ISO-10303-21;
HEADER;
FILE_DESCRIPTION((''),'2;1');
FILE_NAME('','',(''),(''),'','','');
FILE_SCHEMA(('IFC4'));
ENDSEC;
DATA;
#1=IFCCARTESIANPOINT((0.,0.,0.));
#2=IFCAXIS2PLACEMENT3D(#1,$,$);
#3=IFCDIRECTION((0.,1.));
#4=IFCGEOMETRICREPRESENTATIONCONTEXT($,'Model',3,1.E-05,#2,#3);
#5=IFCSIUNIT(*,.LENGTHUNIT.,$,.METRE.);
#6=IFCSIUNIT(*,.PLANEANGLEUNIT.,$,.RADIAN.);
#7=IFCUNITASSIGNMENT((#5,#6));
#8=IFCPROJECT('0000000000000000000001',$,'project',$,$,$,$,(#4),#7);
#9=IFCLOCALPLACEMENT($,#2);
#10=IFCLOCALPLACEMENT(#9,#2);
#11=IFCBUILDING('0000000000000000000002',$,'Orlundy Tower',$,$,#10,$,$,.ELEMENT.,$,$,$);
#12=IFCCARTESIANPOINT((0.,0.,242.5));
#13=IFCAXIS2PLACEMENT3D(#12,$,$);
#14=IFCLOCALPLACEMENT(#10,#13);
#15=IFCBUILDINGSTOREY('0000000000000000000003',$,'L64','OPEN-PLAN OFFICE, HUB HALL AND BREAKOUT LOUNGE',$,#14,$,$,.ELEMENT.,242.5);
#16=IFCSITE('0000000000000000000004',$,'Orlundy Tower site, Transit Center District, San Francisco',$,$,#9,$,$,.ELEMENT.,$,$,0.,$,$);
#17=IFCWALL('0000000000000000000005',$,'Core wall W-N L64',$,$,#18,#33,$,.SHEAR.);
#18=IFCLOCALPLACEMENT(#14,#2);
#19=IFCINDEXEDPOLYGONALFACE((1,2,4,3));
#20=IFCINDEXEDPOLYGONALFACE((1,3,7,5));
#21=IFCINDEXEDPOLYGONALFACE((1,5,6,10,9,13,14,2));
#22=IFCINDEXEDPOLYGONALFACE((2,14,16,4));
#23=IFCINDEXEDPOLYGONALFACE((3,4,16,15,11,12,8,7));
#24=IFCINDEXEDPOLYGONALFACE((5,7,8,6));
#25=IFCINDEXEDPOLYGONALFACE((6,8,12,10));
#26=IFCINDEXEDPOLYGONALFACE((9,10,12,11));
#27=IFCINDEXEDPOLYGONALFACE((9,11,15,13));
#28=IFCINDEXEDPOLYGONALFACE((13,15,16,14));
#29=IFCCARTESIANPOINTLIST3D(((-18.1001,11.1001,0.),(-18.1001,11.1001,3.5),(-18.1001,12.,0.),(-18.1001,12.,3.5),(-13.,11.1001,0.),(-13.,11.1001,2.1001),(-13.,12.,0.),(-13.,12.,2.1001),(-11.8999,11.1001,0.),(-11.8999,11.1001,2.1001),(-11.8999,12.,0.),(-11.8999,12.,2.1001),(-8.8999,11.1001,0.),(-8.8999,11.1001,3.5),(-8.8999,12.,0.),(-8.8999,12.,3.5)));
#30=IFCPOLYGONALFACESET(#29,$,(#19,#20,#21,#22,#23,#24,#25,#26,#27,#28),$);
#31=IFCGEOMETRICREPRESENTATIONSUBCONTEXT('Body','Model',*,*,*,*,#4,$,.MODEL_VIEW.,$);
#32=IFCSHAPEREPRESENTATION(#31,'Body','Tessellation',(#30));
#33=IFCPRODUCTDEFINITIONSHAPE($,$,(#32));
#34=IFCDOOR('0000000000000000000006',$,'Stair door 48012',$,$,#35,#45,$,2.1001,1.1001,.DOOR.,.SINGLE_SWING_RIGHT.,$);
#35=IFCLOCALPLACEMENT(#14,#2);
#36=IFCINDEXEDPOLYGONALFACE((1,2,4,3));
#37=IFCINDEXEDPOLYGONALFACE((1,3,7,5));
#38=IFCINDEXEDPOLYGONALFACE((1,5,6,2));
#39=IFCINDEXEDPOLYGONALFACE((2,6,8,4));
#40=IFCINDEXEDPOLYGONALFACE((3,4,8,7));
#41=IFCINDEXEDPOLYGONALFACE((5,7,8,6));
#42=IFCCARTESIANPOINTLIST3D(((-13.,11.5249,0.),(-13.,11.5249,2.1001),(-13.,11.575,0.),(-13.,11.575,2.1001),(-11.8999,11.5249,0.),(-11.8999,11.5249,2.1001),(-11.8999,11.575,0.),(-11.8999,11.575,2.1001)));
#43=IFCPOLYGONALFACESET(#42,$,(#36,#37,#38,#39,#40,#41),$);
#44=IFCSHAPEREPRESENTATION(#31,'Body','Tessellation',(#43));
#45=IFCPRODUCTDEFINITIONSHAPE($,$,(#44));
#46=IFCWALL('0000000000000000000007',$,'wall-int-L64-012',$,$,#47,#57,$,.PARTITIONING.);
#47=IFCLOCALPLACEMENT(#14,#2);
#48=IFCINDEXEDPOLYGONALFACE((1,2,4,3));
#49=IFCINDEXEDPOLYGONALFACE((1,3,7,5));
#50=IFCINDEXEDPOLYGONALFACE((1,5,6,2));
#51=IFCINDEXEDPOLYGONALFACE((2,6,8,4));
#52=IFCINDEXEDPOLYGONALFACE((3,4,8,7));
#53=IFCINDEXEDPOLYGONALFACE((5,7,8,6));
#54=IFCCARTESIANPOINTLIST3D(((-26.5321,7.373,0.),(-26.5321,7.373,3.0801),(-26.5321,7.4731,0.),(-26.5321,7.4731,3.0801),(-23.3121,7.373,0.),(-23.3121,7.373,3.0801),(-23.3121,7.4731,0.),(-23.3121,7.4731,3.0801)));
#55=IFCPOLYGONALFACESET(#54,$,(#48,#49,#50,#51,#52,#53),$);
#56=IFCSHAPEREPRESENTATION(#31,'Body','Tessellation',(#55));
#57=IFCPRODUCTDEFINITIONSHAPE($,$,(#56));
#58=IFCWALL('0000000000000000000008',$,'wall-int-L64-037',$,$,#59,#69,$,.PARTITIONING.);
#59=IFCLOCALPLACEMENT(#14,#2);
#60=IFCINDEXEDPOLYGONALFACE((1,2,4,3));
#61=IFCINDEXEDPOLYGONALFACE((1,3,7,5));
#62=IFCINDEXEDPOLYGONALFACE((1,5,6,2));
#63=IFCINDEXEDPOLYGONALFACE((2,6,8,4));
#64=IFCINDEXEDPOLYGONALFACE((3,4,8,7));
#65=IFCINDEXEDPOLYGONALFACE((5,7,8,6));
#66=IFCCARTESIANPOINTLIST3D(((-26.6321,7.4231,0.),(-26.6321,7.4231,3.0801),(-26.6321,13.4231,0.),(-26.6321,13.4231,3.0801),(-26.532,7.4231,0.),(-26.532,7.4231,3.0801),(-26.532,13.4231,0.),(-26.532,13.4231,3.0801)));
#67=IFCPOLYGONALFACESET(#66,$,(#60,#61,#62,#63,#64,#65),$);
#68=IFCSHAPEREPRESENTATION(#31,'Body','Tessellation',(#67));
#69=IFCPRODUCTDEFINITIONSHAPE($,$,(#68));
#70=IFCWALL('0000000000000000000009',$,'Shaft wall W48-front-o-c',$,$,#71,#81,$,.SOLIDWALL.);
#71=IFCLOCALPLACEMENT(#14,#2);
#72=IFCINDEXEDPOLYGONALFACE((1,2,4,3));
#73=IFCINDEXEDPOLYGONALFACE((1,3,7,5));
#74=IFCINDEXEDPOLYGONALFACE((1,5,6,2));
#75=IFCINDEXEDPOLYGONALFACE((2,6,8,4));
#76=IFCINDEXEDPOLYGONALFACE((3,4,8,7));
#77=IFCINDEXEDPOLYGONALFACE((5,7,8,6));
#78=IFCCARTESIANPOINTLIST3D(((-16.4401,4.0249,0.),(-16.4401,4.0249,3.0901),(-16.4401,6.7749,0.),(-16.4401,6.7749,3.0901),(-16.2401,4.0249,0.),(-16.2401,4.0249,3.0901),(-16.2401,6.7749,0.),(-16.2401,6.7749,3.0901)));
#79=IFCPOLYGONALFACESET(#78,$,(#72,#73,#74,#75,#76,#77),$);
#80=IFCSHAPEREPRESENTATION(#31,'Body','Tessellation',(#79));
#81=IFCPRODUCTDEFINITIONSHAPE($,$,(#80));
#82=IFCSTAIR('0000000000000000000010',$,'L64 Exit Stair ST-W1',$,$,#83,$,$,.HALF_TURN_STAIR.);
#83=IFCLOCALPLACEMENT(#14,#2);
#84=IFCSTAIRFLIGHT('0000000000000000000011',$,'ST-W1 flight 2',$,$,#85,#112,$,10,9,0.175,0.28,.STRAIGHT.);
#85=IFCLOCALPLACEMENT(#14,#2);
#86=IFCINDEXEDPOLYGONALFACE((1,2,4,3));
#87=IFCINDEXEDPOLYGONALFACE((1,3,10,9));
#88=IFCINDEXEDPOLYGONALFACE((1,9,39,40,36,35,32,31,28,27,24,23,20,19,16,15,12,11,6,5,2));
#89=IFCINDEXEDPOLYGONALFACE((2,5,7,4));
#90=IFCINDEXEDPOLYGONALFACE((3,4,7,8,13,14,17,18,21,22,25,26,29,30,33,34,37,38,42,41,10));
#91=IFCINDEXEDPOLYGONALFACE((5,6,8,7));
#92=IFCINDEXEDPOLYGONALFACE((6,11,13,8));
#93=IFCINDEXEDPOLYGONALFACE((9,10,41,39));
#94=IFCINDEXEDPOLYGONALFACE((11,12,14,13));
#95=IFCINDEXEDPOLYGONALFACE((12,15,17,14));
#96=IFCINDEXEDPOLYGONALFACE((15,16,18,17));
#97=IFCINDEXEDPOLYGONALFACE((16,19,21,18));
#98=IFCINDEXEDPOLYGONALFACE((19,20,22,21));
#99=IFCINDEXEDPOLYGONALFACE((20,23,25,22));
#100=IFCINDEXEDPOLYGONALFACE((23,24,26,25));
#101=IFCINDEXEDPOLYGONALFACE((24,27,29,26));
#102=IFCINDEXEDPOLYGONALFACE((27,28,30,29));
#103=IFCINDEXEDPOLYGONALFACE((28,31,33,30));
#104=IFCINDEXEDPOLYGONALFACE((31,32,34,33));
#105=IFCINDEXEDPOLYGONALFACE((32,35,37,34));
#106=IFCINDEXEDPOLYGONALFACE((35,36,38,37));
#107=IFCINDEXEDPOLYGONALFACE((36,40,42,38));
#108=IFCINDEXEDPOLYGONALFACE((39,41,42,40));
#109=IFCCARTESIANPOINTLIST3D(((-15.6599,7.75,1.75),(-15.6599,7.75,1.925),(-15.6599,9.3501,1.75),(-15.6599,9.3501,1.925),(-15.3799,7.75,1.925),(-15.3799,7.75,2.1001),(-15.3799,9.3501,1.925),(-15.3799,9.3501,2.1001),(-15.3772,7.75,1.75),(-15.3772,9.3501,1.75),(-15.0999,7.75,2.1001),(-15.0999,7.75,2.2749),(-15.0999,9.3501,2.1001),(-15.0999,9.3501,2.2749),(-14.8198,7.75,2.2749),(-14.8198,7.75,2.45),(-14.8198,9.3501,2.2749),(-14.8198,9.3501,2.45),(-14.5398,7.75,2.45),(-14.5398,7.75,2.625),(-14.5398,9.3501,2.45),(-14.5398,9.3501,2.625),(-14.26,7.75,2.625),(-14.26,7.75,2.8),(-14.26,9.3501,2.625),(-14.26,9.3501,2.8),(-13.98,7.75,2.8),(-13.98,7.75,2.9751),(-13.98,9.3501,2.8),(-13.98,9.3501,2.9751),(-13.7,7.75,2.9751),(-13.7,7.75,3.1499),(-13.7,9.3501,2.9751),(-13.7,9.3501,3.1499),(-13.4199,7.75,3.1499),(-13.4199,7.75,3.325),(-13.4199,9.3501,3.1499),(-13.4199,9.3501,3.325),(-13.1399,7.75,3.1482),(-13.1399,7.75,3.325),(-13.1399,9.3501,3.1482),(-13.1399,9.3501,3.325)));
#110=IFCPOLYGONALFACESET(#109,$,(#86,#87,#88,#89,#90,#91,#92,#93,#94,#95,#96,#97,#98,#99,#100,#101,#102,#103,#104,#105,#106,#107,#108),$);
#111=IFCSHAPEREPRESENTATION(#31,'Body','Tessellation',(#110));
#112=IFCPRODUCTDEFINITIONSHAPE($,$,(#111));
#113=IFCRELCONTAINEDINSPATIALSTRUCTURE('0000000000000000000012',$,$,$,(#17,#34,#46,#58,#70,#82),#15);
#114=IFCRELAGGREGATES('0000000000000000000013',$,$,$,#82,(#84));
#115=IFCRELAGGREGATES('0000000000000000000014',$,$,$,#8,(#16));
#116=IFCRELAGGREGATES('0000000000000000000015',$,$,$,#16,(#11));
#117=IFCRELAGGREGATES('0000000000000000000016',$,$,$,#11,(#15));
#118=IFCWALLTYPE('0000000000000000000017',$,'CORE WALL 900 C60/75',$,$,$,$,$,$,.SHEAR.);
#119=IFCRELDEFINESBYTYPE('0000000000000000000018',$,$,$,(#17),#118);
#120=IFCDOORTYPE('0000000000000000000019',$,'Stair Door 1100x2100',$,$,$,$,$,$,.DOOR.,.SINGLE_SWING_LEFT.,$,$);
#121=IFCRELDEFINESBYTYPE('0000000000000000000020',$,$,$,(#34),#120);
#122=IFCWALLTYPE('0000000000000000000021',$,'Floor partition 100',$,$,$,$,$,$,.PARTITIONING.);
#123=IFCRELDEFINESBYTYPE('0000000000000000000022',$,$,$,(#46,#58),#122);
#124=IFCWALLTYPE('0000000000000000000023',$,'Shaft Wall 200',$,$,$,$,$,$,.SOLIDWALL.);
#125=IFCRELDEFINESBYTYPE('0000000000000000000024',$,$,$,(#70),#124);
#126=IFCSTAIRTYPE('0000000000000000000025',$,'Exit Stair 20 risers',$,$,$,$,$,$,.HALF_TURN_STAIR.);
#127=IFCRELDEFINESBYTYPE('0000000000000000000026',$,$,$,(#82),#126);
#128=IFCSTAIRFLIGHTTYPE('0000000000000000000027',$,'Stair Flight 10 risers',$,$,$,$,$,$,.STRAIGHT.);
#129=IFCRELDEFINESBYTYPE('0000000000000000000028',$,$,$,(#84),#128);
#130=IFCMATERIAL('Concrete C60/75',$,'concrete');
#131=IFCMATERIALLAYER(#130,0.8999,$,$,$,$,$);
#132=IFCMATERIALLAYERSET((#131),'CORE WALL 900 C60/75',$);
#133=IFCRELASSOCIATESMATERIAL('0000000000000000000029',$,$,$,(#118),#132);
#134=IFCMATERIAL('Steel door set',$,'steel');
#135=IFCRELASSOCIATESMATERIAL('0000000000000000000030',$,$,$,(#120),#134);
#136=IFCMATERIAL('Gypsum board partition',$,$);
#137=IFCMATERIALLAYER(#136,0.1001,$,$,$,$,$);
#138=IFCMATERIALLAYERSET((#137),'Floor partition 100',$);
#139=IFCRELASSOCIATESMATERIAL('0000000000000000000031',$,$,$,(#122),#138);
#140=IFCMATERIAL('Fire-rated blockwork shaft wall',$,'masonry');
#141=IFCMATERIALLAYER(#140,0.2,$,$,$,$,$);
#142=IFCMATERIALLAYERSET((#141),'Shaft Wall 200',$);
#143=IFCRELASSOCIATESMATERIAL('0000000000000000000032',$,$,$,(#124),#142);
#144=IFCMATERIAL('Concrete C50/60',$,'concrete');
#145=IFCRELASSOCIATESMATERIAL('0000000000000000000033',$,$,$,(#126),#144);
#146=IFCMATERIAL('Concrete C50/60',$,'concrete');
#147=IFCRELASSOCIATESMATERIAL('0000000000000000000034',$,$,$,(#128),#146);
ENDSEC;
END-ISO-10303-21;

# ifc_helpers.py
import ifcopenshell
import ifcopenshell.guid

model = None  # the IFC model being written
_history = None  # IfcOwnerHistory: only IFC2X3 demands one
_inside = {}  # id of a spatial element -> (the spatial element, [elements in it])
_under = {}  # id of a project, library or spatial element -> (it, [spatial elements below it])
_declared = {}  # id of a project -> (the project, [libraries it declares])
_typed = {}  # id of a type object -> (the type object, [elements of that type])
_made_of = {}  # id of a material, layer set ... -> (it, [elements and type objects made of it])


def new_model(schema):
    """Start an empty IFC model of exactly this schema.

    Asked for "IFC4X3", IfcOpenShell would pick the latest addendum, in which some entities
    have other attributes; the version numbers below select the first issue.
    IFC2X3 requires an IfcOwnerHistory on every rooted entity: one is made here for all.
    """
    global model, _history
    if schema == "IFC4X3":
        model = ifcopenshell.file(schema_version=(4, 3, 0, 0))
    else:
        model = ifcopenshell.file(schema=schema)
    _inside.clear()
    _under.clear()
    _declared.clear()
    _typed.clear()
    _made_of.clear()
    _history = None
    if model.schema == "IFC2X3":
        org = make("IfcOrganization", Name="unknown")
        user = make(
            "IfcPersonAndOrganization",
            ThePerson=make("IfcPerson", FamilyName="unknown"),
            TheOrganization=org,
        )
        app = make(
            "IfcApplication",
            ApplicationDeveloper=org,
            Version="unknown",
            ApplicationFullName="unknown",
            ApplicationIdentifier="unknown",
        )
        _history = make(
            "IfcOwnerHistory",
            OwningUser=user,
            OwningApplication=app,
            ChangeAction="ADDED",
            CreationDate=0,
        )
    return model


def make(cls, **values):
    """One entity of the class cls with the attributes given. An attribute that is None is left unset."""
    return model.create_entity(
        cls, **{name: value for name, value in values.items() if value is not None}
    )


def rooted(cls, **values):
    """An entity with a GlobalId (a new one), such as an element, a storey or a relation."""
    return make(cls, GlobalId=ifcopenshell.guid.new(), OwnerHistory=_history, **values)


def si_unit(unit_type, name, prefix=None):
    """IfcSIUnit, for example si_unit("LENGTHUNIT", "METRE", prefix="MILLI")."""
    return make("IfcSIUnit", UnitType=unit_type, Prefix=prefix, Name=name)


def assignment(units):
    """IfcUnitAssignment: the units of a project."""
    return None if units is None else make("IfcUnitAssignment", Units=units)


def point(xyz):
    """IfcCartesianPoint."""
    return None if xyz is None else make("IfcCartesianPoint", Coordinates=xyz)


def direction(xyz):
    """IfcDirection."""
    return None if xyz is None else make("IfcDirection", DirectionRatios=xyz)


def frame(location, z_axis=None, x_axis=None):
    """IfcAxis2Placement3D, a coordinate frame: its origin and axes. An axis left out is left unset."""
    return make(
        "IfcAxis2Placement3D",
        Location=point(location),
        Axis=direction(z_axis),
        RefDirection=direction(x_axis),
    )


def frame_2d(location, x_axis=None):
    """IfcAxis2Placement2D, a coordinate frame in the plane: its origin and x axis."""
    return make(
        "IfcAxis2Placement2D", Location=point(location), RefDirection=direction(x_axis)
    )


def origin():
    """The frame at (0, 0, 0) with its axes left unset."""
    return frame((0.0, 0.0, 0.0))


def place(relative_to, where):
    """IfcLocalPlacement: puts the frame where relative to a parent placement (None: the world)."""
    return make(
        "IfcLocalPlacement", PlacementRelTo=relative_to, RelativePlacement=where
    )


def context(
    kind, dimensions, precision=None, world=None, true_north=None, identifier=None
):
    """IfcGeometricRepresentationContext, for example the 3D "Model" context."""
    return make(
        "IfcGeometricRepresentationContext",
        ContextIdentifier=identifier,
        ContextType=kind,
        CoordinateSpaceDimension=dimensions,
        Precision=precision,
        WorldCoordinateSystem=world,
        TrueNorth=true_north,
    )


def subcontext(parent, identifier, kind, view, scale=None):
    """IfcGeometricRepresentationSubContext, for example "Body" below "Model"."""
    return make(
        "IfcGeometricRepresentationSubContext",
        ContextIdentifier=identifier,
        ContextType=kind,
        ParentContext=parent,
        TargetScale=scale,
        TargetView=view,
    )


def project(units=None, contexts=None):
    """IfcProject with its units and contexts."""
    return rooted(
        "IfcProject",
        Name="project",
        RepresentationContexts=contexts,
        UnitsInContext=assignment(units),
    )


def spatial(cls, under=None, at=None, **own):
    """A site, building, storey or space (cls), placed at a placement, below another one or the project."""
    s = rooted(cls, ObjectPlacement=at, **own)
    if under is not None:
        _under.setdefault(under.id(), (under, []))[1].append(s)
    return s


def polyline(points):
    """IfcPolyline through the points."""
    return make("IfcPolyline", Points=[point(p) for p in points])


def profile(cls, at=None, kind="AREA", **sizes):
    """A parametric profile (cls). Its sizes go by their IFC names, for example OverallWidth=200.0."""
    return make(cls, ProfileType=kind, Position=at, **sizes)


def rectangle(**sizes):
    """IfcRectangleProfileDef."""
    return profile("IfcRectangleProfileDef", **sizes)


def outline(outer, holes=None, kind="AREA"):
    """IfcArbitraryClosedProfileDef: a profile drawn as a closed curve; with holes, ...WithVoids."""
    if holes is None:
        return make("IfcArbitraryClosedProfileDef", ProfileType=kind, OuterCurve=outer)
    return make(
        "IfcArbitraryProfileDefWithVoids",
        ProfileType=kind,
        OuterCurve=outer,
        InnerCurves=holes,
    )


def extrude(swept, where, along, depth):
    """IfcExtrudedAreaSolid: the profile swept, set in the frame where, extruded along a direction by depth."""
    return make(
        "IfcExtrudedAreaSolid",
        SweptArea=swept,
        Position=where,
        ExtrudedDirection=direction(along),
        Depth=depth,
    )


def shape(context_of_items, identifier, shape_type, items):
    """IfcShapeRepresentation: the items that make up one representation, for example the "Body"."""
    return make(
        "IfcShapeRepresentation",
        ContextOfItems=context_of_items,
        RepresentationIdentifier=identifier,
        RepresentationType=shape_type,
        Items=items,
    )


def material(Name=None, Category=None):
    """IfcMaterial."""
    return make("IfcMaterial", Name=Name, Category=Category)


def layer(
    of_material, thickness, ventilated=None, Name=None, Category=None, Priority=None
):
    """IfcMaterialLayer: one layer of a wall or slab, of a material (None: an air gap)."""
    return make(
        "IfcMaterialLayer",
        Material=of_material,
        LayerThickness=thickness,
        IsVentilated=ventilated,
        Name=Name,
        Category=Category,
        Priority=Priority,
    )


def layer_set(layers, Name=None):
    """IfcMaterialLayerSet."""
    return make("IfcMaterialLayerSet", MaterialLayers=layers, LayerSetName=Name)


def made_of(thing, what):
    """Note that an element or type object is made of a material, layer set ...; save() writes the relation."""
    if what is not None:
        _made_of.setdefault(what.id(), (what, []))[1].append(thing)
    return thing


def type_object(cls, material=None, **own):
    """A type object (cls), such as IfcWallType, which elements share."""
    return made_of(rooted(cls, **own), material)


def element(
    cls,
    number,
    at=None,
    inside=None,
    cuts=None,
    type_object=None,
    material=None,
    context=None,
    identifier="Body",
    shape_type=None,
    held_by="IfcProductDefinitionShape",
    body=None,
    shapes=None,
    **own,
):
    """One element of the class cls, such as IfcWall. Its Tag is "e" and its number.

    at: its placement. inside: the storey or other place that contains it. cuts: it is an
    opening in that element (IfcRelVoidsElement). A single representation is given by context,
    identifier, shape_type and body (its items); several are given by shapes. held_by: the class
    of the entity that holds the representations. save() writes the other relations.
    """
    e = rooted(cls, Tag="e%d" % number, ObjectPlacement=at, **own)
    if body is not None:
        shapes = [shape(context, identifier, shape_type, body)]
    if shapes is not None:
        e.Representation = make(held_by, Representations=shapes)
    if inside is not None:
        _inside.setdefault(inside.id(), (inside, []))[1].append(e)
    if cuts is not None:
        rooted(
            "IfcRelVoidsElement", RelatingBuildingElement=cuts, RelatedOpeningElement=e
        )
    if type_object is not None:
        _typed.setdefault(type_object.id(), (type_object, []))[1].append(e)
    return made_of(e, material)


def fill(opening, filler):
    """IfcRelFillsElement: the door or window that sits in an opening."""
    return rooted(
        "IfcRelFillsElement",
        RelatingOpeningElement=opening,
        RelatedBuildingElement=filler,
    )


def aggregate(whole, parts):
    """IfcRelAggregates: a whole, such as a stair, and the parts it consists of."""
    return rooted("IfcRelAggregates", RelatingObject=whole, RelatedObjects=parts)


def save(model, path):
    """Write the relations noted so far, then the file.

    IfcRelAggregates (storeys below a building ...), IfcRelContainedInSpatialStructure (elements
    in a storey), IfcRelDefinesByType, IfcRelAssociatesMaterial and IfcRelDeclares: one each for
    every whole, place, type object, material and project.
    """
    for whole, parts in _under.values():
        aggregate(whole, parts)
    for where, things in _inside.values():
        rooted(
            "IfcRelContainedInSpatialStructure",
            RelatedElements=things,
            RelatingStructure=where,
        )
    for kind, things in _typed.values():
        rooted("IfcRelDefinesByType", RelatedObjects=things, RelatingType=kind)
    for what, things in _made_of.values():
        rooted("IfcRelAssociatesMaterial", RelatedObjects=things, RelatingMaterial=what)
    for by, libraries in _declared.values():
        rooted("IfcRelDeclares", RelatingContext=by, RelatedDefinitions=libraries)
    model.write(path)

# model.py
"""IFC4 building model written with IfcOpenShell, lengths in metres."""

from ifc_helpers import new_model, si_unit, direction, frame, frame_2d, origin, place, context, subcontext, project, spatial, polyline, rectangle, outline, extrude, material, layer, layer_set, type_object, element, fill, aggregate, save


model = new_model("IFC4")

# Units and contexts
model_context = context("Model", 3, precision=1e-05, world=origin(), true_north=direction((0.0, 1.0)))
body_context = subcontext(model_context, "Body", "Model", "MODEL_VIEW")
ifc_project = project(units=[si_unit("LENGTHUNIT", "METRE"), si_unit("PLANEANGLEUNIT", "RADIAN")], contexts=[model_context])

# Site, building, storey
site_placement = place(None, origin())
site = spatial("IfcSite", under=ifc_project, at=site_placement, Name="Orlundy Tower site, Transit Center District, San Francisco", CompositionType="ELEMENT", RefElevation=0.0)
building_placement = place(site_placement, origin())
building = spatial("IfcBuilding", under=site, at=building_placement, Name="Orlundy Tower", CompositionType="ELEMENT")
storey_placement = place(building_placement, frame((0.0, 0.0, 242.5)))
storey = spatial("IfcBuildingStorey", under=building, at=storey_placement, Name="L64", Description="OPEN-PLAN OFFICE, HUB HALL AND BREAKOUT LOUNGE", CompositionType="ELEMENT", Elevation=242.5)

# Wall, opening, door
ifc_material_1 = material(Name="Concrete C60/75", Category="concrete")
ifc_layer_1 = layer(ifc_material_1, 0.8999)
ifc_layer_set_1 = layer_set([ifc_layer_1], Name="CORE WALL 900 C60/75")
wall_type_1 = type_object("IfcWallType", Name="CORE WALL 900 C60/75", PredefinedType="SHEAR", material=ifc_layer_set_1)
wall_1_placement = place(storey_placement, frame((-18.1001, 11.55, 0.0), z_axis=(0.0, 0.0, 1.0), x_axis=(1.0, 0.0, 0.0)))
wall_1 = element("IfcWall", 1, at=wall_1_placement, inside=storey, type_object=wall_type_1, Name="Core wall W-N L64", PredefinedType="SHEAR", context=body_context, shape_type="SweptSolid", body=[
    extrude(rectangle(XDim=9.2002, YDim=0.8999, at=frame_2d((4.6001, 0.0))), origin(), (0.0, 0.0, 1.0), 3.5),
])
opening_placement = place(wall_1_placement, frame((5.1001, 0.0, 0.0)))
opening = element("IfcOpeningElement", 2, at=opening_placement, cuts=wall_1, PredefinedType="OPENING", context=body_context, shape_type="SweptSolid", body=[
    extrude(rectangle(XDim=1.1001, YDim=2.1001, at=frame_2d((0.55, 1.05))), frame((0.0, 0.46, 0.0), z_axis=(0.0, -1.0, 0.0), x_axis=(1.0, 0.0, 0.0)), (0.0, 0.0, 1.0), 0.9199),
])
ifc_material_2 = material(Name="Steel door set", Category="steel")
door_type = type_object("IfcDoorType", Name="Stair Door 1100x2100", OperationType="SINGLE_SWING_LEFT", PredefinedType="DOOR", material=ifc_material_2)
door_placement = place(opening_placement, origin())
door = element("IfcDoor", 3, at=door_placement, inside=storey, type_object=door_type, Name="Stair door 48012", OperationType="SINGLE_SWING_RIGHT", OverallHeight=2.1001, OverallWidth=1.1001, PredefinedType="DOOR", context=body_context, shape_type="SweptSolid", body=[
    extrude(rectangle(XDim=1.1001, YDim=2.1001, at=frame_2d((0.55, 1.05))), frame((0.0, 0.0249, 0.0), z_axis=(0.0, -1.0, 0.0), x_axis=(1.0, 0.0, 0.0)), (0.0, 0.0, 1.0), 0.05),
])
fill(opening, door)

# Walls
ifc_material_3 = material(Name="Gypsum board partition")
ifc_layer_2 = layer(ifc_material_3, 0.1001)
ifc_layer_set_2 = layer_set([ifc_layer_2], Name="Floor partition 100")
wall_type_2 = type_object("IfcWallType", Name="Floor partition 100", PredefinedType="PARTITIONING", material=ifc_layer_set_2)
wall_2_placement = place(storey_placement, frame((-26.532, 7.4231, 0.0), z_axis=(0.0, 0.0, 1.0), x_axis=(1.0, 0.0, 0.0)))
element("IfcWall", 4, at=wall_2_placement, inside=storey, type_object=wall_type_2, Name="wall-int-L64-012", PredefinedType="PARTITIONING", context=body_context, shape_type="SweptSolid", body=[
    extrude(rectangle(XDim=3.22, YDim=0.1001, at=frame_2d((1.6099, 0.0))), origin(), (0.0, 0.0, 1.0), 3.0801),
])
wall_3_placement = place(storey_placement, frame((-26.582, 7.4231, 0.0), z_axis=(0.0, 0.0, 1.0), x_axis=(0.0, 1.0, 0.0)))
element("IfcWall", 5, at=wall_3_placement, inside=storey, type_object=wall_type_2, Name="wall-int-L64-037", PredefinedType="PARTITIONING", context=body_context, shape_type="SweptSolid", body=[
    extrude(rectangle(XDim=6.0, YDim=0.1001, at=frame_2d((3.0, 0.0))), origin(), (0.0, 0.0, 1.0), 3.0801),
])
ifc_material_4 = material(Name="Fire-rated blockwork shaft wall", Category="masonry")
ifc_layer_3 = layer(ifc_material_4, 0.2)
ifc_layer_set_3 = layer_set([ifc_layer_3], Name="Shaft Wall 200")
wall_type_3 = type_object("IfcWallType", Name="Shaft Wall 200", PredefinedType="SOLIDWALL", material=ifc_layer_set_3)
wall_4_placement = place(storey_placement, frame((-16.3401, 4.0249, 0.0), z_axis=(0.0, 0.0, 1.0), x_axis=(0.0, 1.0, 0.0)))
element("IfcWall", 6, at=wall_4_placement, inside=storey, type_object=wall_type_3, Name="Shaft wall W48-front-o-c", PredefinedType="SOLIDWALL", context=body_context, shape_type="SweptSolid", body=[
    extrude(rectangle(XDim=2.75, YDim=0.2, at=frame_2d((1.375, 0.0))), origin(), (0.0, 0.0, 1.0), 3.0901),
])

# Stair, stair flight
ifc_material_5 = material(Name="Concrete C50/60", Category="concrete")
stair_type = type_object("IfcStairType", Name="Exit Stair 20 risers", PredefinedType="HALF_TURN_STAIR", material=ifc_material_5)
stair_placement = place(storey_placement, origin())
stair = element("IfcStair", 7, at=stair_placement, inside=storey, type_object=stair_type, Name="L64 Exit Stair ST-W1", PredefinedType="HALF_TURN_STAIR")
ifc_material_6 = material(Name="Concrete C50/60", Category="concrete")
stair_flight_type = type_object("IfcStairFlightType", Name="Stair Flight 10 risers", PredefinedType="STRAIGHT", material=ifc_material_6)
stair_flight_placement = place(storey_placement, frame((-15.6599, 8.55, 1.75), z_axis=(0.0, 0.0, 1.0), x_axis=(1.0, 0.0, 0.0)))
stair_flight = element("IfcStairFlight", 8, at=stair_flight_placement, type_object=stair_flight_type, Name="ST-W1 flight 2", NumberOfRisers=10, NumberOfTreads=9, PredefinedType="STRAIGHT", RiserHeight=0.175, TreadLength=0.28, context=body_context, shape_type="SweptSolid", body=[
    extrude(outline(polyline([(0.0, 0.0), (0.0, 0.175), (0.28, 0.175), (0.28, 0.3501), (0.5601, 0.3501), (0.5601, 0.5249), (0.8401, 0.5249), (0.8401, 0.7), (1.1201, 0.7), (1.1201, 0.875), (1.3999, 0.875), (1.3999, 1.05), (1.6799, 1.05), (1.6799, 1.2251), (1.96, 1.2251), (1.96, 1.3999), (2.24, 1.3999), (2.24, 1.575), (2.52, 1.575), (2.52, 1.75), (2.52, 1.3982), (0.2827, 0.0), (0.0, 0.0)])), frame((0.0, 0.8, 0.0), z_axis=(0.0, -1.0, 0.0), x_axis=(1.0, 0.0, 0.0)), (0.0, 0.0, 1.0), 1.6001),
])
aggregate(stair, [stair_flight])

save(model, "model.ifc")
